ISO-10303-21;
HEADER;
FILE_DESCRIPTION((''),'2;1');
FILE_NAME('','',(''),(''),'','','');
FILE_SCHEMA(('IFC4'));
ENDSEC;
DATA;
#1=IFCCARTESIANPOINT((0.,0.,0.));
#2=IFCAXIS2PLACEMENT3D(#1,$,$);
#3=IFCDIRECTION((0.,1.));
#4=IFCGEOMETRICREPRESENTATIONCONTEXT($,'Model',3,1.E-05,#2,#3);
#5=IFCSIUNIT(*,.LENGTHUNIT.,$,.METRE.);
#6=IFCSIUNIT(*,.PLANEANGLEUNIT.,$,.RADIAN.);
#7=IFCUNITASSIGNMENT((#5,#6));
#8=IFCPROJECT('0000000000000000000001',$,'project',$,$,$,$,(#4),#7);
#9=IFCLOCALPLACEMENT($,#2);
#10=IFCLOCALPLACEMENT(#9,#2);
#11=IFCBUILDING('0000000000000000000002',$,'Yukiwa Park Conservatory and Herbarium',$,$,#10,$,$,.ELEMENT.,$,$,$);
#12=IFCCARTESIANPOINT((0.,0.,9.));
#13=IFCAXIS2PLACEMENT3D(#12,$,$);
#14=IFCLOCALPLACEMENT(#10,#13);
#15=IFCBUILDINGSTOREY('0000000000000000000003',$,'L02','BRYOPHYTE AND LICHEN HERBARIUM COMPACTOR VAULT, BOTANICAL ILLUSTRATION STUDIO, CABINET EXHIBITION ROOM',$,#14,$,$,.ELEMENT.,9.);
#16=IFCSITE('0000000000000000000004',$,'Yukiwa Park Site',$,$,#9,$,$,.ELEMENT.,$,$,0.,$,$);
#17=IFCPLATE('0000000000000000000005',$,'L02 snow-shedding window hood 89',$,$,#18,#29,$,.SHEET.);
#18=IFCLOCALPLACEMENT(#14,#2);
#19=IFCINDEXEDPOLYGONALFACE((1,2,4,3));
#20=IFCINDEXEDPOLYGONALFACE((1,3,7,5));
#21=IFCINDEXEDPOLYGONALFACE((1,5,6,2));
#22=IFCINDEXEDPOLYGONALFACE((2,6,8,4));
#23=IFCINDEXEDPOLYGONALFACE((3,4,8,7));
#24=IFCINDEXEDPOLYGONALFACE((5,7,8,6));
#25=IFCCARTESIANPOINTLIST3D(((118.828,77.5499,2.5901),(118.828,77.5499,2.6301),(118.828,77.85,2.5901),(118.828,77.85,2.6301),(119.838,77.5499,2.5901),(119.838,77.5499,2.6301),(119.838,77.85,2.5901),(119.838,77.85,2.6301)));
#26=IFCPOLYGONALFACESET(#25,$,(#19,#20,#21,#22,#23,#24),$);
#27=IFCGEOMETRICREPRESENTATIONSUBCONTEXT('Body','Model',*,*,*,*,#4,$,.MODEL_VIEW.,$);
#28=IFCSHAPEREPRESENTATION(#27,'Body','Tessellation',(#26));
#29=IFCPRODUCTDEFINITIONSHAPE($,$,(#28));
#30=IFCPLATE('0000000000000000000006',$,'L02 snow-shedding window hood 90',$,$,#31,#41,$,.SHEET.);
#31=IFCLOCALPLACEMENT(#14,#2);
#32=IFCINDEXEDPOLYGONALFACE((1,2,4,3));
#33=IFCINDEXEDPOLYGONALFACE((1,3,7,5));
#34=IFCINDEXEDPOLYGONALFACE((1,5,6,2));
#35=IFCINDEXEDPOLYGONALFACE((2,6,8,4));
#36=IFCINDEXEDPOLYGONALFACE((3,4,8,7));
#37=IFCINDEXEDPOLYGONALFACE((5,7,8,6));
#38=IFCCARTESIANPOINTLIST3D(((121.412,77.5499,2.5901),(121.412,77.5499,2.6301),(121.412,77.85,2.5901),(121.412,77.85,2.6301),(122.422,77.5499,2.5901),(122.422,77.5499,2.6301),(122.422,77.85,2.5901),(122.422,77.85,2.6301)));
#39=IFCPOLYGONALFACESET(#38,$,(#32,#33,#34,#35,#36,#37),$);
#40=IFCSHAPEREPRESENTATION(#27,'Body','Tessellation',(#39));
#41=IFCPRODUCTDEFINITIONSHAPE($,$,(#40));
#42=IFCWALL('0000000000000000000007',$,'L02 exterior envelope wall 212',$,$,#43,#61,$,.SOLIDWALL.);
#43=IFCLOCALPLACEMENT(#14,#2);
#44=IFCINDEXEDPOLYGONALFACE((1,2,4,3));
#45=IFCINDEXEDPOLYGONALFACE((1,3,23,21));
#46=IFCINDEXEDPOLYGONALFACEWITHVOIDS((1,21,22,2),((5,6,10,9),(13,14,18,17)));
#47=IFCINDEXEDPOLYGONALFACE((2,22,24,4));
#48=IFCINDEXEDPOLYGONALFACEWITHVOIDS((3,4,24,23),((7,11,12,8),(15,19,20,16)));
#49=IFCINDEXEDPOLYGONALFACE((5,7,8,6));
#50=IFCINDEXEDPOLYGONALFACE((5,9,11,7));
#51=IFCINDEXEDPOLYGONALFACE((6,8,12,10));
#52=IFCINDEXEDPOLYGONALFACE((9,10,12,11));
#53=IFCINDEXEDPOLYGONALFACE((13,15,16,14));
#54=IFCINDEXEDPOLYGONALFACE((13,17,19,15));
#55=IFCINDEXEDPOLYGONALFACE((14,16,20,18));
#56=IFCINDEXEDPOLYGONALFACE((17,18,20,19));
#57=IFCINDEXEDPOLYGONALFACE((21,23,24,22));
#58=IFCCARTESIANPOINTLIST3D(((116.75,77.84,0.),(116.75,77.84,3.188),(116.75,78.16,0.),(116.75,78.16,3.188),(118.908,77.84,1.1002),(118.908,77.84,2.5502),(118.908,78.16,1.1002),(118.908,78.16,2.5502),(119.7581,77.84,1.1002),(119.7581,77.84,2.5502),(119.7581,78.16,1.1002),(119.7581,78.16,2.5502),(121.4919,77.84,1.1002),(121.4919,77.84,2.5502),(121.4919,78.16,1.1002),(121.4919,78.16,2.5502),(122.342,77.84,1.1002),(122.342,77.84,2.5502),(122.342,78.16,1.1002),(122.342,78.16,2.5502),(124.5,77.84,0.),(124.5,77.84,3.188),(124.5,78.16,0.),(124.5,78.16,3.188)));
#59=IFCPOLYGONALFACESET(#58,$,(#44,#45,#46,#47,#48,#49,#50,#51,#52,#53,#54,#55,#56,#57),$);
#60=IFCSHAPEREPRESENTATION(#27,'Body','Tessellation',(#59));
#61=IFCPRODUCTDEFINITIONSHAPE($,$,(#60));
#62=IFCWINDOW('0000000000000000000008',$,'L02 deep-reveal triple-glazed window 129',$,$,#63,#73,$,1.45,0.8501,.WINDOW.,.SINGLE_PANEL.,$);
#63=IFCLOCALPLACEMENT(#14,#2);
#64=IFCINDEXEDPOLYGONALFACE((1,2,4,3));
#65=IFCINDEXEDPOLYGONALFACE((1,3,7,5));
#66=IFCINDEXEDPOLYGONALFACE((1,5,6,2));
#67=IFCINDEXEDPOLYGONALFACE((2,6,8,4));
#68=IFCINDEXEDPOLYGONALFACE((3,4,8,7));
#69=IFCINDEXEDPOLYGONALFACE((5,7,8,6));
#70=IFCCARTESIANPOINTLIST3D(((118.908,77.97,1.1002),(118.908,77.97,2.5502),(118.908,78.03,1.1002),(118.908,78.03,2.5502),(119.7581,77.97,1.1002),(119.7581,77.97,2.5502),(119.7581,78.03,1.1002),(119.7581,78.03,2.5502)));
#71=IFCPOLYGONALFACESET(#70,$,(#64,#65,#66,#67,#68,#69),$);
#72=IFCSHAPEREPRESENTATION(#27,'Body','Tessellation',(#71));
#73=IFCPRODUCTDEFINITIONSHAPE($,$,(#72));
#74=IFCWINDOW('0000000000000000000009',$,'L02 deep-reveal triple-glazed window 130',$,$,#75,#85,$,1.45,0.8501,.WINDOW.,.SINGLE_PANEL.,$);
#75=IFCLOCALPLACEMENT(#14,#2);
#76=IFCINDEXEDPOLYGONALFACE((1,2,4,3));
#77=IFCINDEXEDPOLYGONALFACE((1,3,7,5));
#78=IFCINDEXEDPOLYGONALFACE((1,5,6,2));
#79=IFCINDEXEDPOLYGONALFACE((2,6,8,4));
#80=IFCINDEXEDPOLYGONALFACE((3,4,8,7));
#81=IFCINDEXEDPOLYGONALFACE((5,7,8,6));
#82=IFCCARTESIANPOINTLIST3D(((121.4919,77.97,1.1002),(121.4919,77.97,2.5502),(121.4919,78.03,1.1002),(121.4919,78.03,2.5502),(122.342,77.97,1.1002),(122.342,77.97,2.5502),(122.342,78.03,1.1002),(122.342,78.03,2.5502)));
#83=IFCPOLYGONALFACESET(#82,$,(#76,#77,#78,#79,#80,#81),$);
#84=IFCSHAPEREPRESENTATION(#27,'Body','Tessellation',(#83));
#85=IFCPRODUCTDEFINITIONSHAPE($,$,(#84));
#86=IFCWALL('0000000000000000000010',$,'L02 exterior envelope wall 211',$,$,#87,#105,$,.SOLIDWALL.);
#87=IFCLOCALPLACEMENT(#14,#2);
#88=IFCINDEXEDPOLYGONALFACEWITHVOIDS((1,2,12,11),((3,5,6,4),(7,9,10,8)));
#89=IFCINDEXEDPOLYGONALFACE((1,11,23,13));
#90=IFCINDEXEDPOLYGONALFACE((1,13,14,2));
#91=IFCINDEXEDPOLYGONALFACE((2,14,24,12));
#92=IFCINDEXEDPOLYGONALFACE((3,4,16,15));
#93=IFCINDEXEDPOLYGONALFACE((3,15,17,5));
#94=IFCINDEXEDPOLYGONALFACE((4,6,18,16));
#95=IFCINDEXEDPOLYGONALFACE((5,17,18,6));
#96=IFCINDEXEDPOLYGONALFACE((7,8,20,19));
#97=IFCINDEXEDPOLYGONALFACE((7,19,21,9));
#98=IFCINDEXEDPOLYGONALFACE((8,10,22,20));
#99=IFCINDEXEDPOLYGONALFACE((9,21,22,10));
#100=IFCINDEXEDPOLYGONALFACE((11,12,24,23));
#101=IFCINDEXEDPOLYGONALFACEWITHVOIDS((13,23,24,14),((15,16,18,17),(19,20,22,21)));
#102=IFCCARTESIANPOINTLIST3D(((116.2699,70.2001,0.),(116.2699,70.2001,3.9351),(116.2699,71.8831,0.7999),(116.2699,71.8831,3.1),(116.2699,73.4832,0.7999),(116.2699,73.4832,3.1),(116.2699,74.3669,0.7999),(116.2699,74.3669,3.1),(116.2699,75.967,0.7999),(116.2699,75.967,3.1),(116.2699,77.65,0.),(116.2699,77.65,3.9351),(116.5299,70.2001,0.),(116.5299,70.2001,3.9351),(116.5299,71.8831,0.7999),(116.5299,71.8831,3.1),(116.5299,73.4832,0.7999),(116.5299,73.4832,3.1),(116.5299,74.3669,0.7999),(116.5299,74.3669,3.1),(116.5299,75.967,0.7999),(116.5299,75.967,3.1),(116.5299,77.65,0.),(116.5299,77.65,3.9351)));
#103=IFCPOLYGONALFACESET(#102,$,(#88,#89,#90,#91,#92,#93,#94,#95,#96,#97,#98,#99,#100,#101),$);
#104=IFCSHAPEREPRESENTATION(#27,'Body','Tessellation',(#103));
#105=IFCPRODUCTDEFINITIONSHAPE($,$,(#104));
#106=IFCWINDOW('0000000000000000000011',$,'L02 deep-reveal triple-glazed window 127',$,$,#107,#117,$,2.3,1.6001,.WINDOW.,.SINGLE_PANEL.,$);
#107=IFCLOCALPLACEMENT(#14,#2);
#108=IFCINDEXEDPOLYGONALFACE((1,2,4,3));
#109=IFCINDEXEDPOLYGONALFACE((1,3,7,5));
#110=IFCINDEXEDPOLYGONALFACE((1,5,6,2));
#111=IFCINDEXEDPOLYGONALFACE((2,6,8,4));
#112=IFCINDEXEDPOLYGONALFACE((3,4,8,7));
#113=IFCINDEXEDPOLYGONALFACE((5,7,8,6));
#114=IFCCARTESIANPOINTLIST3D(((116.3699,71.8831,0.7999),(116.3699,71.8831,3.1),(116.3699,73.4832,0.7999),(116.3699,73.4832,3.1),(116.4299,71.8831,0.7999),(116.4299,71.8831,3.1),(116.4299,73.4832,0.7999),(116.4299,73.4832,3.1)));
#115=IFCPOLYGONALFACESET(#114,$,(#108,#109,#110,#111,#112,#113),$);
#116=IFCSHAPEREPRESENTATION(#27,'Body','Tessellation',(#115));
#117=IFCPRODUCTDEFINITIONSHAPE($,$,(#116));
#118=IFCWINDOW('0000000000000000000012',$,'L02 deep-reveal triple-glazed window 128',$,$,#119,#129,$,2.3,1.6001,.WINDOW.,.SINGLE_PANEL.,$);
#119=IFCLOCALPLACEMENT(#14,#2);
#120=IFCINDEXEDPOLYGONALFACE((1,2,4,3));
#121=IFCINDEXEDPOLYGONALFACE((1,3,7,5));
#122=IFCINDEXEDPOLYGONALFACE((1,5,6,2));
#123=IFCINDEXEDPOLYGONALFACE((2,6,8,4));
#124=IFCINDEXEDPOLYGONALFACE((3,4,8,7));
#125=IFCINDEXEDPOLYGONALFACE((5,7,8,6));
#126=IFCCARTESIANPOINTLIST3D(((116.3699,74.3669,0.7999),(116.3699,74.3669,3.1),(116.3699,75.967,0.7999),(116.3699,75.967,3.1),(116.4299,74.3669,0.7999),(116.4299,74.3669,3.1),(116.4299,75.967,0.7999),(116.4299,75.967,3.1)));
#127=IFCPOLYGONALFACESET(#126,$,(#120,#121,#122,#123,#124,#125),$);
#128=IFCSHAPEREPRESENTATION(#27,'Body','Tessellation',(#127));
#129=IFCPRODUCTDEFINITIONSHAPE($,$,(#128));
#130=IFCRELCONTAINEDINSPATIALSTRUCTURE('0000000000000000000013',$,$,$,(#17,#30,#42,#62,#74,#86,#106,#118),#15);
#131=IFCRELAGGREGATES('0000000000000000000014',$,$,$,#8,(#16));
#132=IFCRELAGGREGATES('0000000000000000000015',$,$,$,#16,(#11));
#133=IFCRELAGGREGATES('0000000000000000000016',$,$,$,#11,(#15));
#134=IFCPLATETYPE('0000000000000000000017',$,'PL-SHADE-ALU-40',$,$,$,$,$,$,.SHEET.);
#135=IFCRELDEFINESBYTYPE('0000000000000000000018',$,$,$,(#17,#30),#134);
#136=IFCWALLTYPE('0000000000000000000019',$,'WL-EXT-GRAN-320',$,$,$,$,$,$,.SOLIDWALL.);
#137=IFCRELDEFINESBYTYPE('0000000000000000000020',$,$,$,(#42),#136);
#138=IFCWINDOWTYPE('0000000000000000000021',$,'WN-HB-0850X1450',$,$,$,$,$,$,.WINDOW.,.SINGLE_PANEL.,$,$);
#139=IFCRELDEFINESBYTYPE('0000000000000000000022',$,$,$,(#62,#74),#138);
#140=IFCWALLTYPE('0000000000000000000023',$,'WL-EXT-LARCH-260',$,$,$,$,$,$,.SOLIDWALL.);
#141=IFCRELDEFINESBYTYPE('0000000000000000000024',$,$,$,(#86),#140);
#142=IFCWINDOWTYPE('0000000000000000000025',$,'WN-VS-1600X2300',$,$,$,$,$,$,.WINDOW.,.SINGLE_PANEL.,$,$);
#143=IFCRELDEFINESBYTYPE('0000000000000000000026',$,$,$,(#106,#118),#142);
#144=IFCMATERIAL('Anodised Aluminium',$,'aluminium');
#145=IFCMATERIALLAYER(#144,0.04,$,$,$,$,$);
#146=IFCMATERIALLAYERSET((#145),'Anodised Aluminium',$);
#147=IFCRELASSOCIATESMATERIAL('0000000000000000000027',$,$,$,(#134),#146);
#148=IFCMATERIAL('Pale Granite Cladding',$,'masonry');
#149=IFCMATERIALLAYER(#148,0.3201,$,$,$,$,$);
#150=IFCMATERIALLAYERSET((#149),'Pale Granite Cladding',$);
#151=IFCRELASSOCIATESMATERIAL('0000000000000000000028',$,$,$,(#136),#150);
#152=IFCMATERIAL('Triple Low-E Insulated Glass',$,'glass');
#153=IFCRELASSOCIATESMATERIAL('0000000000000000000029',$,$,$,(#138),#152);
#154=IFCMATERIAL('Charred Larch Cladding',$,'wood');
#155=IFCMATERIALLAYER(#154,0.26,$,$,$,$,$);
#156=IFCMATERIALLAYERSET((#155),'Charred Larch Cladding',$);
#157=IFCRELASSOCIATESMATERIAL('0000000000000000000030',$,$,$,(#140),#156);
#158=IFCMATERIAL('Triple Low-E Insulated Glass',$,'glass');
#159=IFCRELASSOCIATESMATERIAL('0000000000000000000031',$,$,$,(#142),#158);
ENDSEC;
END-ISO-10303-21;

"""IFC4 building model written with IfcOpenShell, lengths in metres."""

from ifc_helpers import new_model, si_unit, direction, frame, frame_2d, origin, origin_2d, place, context, subcontext, project, spatial, rectangle, extrude, material, layer, layer_set, type_object, element, fill, save


model = new_model("IFC4")

# Units and contexts
model_context = context("Model", 3, precision=1e-05, world=origin(), true_north=direction((0.0, 1.0)))
body_context = subcontext(model_context, "Body", "Model", "MODEL_VIEW")
ifc_project = project(units=[si_unit("LENGTHUNIT", "METRE"), si_unit("PLANEANGLEUNIT", "RADIAN")], contexts=[model_context])

# Site, building, storey
site_placement = place(None, origin())
site = spatial("IfcSite", under=ifc_project, at=site_placement, Name="Yukiwa Park Site", CompositionType="ELEMENT", RefElevation=0.0)
building_placement = place(site_placement, origin())
building = spatial("IfcBuilding", under=site, at=building_placement, Name="Yukiwa Park Conservatory and Herbarium", CompositionType="ELEMENT")
storey_placement = place(building_placement, frame((0.0, 0.0, 9.0)))
storey = spatial("IfcBuildingStorey", under=building, at=storey_placement, Name="L02", Description="BRYOPHYTE AND LICHEN HERBARIUM COMPACTOR VAULT, BOTANICAL ILLUSTRATION STUDIO, CABINET EXHIBITION ROOM", CompositionType="ELEMENT", Elevation=9.0)

# Plates
ifc_material_1 = material(Name="Anodised Aluminium", Category="aluminium")
ifc_layer_1 = layer(ifc_material_1, 0.04)
ifc_layer_set_1 = layer_set([ifc_layer_1], Name="Anodised Aluminium")
plate_type = type_object("IfcPlateType", Name="PL-SHADE-ALU-40", PredefinedType="SHEET", material=ifc_layer_set_1)
for number, where, z_axis, x_axis, name in (
    (1, (119.333, 77.7, 2.5901), (0.0, 0.0, 1.0), (1.0, 0.0, 0.0), "L02 snow-shedding window hood 89"),
    (2, (121.917, 77.7, 2.5901), (0.0, 0.0, 1.0), (1.0, 0.0, 0.0), "L02 snow-shedding window hood 90"),
):
    element("IfcPlate", number, at=place(storey_placement, frame(where, z_axis=z_axis, x_axis=x_axis)), inside=storey, type_object=plate_type, Name=name, PredefinedType="SHEET", context=body_context, shape_type="SweptSolid", body=[
        extrude(rectangle(XDim=1.01, YDim=0.3, at=origin_2d()), origin(), (0.0, 0.0, 1.0), 0.04),
    ])

# Walls, openings, windows
ifc_material_2 = material(Name="Pale Granite Cladding", Category="masonry")
ifc_layer_2 = layer(ifc_material_2, 0.3201)
ifc_layer_set_2 = layer_set([ifc_layer_2], Name="Pale Granite Cladding")
wall_type_1 = type_object("IfcWallType", Name="WL-EXT-GRAN-320", PredefinedType="SOLIDWALL", material=ifc_layer_set_2)
wall_1_placement = place(storey_placement, frame((116.75, 78.0, 0.0), z_axis=(0.0, 0.0, 1.0), x_axis=(1.0, 0.0, 0.0)))
wall_1 = element("IfcWall", 3, at=wall_1_placement, inside=storey, type_object=wall_type_1, Name="L02 exterior envelope wall 212", PredefinedType="SOLIDWALL", context=body_context, shape_type="SweptSolid", body=[
    extrude(rectangle(XDim=7.75, YDim=0.3201, at=frame_2d((3.875, 0.0))), origin(), (0.0, 0.0, 1.0), 3.188),
])
opening_1_placement = place(wall_1_placement, frame((2.158, 0.0, 1.1001)))
opening_1 = element("IfcOpeningElement", 4, at=opening_1_placement, cuts=wall_1, PredefinedType="OPENING", context=body_context, shape_type="SweptSolid", body=[
    extrude(rectangle(XDim=0.8501, YDim=1.45, at=frame_2d((0.425, 0.7251))), frame((0.0, 0.1699, 0.0), z_axis=(0.0, -1.0, 0.0), x_axis=(1.0, 0.0, 0.0)), (0.0, 0.0, 1.0), 0.3401),
])
opening_2_placement = place(wall_1_placement, frame((4.7419, 0.0, 1.1001)))
opening_2 = element("IfcOpeningElement", 5, at=opening_2_placement, cuts=wall_1, PredefinedType="OPENING", context=body_context, shape_type="SweptSolid", body=[
    extrude(rectangle(XDim=0.8501, YDim=1.45, at=frame_2d((0.425, 0.7251))), frame((0.0, 0.1699, 0.0), z_axis=(0.0, -1.0, 0.0), x_axis=(1.0, 0.0, 0.0)), (0.0, 0.0, 1.0), 0.3401),
])
ifc_material_3 = material(Name="Triple Low-E Insulated Glass", Category="glass")
window_type_1 = type_object("IfcWindowType", Name="WN-HB-0850X1450", PartitioningType="SINGLE_PANEL", PredefinedType="WINDOW", material=ifc_material_3)
window_1_placement = place(opening_1_placement, origin())
window_1 = element("IfcWindow", 6, at=window_1_placement, inside=storey, type_object=window_type_1, Name="L02 deep-reveal triple-glazed window 129", OverallHeight=1.45, OverallWidth=0.8501, PartitioningType="SINGLE_PANEL", PredefinedType="WINDOW", context=body_context, shape_type="SweptSolid", body=[
    extrude(rectangle(XDim=0.8501, YDim=1.45, at=frame_2d((0.425, 0.7251))), frame((0.0, 0.03, 0.0), z_axis=(0.0, -1.0, 0.0), x_axis=(1.0, 0.0, 0.0)), (0.0, 0.0, 1.0), 0.0601),
])
fill(opening_1, window_1)
window_2_placement = place(opening_2_placement, origin())
window_2 = element("IfcWindow", 7, at=window_2_placement, inside=storey, type_object=window_type_1, Name="L02 deep-reveal triple-glazed window 130", OverallHeight=1.45, OverallWidth=0.8501, PartitioningType="SINGLE_PANEL", PredefinedType="WINDOW", context=body_context, shape_type="SweptSolid", body=[
    extrude(rectangle(XDim=0.8501, YDim=1.45, at=frame_2d((0.425, 0.7251))), frame((0.0, 0.03, 0.0), z_axis=(0.0, -1.0, 0.0), x_axis=(1.0, 0.0, 0.0)), (0.0, 0.0, 1.0), 0.0601),
])
fill(opening_2, window_2)
ifc_material_4 = material(Name="Charred Larch Cladding", Category="wood")
ifc_layer_3 = layer(ifc_material_4, 0.26)
ifc_layer_set_3 = layer_set([ifc_layer_3], Name="Charred Larch Cladding")
wall_type_2 = type_object("IfcWallType", Name="WL-EXT-LARCH-260", PredefinedType="SOLIDWALL", material=ifc_layer_set_3)
wall_2_placement = place(storey_placement, frame((116.3999, 70.2, 0.0), z_axis=(0.0, 0.0, 1.0), x_axis=(0.0, 1.0, 0.0)))
wall_2 = element("IfcWall", 8, at=wall_2_placement, inside=storey, type_object=wall_type_2, Name="L02 exterior envelope wall 211", PredefinedType="SOLIDWALL", context=body_context, shape_type="SweptSolid", body=[
    extrude(rectangle(XDim=7.45, YDim=0.26, at=frame_2d((3.7251, 0.0))), origin(), (0.0, 0.0, 1.0), 3.9351),
])
opening_3_placement = place(wall_2_placement, frame((1.6831, 0.0, 0.8)))
opening_3 = element("IfcOpeningElement", 9, at=opening_3_placement, cuts=wall_2, PredefinedType="OPENING", context=body_context, shape_type="SweptSolid", body=[
    extrude(rectangle(XDim=1.6001, YDim=2.3, at=frame_2d((0.8, 1.1499))), frame((0.0, 0.1401, 0.0), z_axis=(0.0, -1.0, 0.0), x_axis=(1.0, 0.0, 0.0)), (0.0, 0.0, 1.0), 0.28),
])
opening_4_placement = place(wall_2_placement, frame((4.167, 0.0, 0.8)))
opening_4 = element("IfcOpeningElement", 10, at=opening_4_placement, cuts=wall_2, PredefinedType="OPENING", context=body_context, shape_type="SweptSolid", body=[
    extrude(rectangle(XDim=1.6001, YDim=2.3, at=frame_2d((0.8, 1.1499))), frame((0.0, 0.1401, 0.0), z_axis=(0.0, -1.0, 0.0), x_axis=(1.0, 0.0, 0.0)), (0.0, 0.0, 1.0), 0.28),
])
ifc_material_5 = material(Name="Triple Low-E Insulated Glass", Category="glass")
window_type_2 = type_object("IfcWindowType", Name="WN-VS-1600X2300", PartitioningType="SINGLE_PANEL", PredefinedType="WINDOW", material=ifc_material_5)
window_3_placement = place(opening_3_placement, origin())
window_3 = element("IfcWindow", 11, at=window_3_placement, inside=storey, type_object=window_type_2, Name="L02 deep-reveal triple-glazed window 127", OverallHeight=2.3, OverallWidth=1.6001, PartitioningType="SINGLE_PANEL", PredefinedType="WINDOW", context=body_context, shape_type="SweptSolid", body=[
    extrude(rectangle(XDim=1.6001, YDim=2.3, at=frame_2d((0.8, 1.1499))), frame((0.0, 0.03, 0.0), z_axis=(0.0, -1.0, 0.0), x_axis=(1.0, 0.0, 0.0)), (0.0, 0.0, 1.0), 0.0601),
])
fill(opening_3, window_3)
window_4_placement = place(opening_4_placement, origin())
window_4 = element("IfcWindow", 12, at=window_4_placement, inside=storey, type_object=window_type_2, Name="L02 deep-reveal triple-glazed window 128", OverallHeight=2.3, OverallWidth=1.6001, PartitioningType="SINGLE_PANEL", PredefinedType="WINDOW", context=body_context, shape_type="SweptSolid", body=[
    extrude(rectangle(XDim=1.6001, YDim=2.3, at=frame_2d((0.8, 1.1499))), frame((0.0, 0.03, 0.0), z_axis=(0.0, -1.0, 0.0), x_axis=(1.0, 0.0, 0.0)), (0.0, 0.0, 1.0), 0.0601),
])
fill(opening_4, window_4)

save(model, "model.ifc")
